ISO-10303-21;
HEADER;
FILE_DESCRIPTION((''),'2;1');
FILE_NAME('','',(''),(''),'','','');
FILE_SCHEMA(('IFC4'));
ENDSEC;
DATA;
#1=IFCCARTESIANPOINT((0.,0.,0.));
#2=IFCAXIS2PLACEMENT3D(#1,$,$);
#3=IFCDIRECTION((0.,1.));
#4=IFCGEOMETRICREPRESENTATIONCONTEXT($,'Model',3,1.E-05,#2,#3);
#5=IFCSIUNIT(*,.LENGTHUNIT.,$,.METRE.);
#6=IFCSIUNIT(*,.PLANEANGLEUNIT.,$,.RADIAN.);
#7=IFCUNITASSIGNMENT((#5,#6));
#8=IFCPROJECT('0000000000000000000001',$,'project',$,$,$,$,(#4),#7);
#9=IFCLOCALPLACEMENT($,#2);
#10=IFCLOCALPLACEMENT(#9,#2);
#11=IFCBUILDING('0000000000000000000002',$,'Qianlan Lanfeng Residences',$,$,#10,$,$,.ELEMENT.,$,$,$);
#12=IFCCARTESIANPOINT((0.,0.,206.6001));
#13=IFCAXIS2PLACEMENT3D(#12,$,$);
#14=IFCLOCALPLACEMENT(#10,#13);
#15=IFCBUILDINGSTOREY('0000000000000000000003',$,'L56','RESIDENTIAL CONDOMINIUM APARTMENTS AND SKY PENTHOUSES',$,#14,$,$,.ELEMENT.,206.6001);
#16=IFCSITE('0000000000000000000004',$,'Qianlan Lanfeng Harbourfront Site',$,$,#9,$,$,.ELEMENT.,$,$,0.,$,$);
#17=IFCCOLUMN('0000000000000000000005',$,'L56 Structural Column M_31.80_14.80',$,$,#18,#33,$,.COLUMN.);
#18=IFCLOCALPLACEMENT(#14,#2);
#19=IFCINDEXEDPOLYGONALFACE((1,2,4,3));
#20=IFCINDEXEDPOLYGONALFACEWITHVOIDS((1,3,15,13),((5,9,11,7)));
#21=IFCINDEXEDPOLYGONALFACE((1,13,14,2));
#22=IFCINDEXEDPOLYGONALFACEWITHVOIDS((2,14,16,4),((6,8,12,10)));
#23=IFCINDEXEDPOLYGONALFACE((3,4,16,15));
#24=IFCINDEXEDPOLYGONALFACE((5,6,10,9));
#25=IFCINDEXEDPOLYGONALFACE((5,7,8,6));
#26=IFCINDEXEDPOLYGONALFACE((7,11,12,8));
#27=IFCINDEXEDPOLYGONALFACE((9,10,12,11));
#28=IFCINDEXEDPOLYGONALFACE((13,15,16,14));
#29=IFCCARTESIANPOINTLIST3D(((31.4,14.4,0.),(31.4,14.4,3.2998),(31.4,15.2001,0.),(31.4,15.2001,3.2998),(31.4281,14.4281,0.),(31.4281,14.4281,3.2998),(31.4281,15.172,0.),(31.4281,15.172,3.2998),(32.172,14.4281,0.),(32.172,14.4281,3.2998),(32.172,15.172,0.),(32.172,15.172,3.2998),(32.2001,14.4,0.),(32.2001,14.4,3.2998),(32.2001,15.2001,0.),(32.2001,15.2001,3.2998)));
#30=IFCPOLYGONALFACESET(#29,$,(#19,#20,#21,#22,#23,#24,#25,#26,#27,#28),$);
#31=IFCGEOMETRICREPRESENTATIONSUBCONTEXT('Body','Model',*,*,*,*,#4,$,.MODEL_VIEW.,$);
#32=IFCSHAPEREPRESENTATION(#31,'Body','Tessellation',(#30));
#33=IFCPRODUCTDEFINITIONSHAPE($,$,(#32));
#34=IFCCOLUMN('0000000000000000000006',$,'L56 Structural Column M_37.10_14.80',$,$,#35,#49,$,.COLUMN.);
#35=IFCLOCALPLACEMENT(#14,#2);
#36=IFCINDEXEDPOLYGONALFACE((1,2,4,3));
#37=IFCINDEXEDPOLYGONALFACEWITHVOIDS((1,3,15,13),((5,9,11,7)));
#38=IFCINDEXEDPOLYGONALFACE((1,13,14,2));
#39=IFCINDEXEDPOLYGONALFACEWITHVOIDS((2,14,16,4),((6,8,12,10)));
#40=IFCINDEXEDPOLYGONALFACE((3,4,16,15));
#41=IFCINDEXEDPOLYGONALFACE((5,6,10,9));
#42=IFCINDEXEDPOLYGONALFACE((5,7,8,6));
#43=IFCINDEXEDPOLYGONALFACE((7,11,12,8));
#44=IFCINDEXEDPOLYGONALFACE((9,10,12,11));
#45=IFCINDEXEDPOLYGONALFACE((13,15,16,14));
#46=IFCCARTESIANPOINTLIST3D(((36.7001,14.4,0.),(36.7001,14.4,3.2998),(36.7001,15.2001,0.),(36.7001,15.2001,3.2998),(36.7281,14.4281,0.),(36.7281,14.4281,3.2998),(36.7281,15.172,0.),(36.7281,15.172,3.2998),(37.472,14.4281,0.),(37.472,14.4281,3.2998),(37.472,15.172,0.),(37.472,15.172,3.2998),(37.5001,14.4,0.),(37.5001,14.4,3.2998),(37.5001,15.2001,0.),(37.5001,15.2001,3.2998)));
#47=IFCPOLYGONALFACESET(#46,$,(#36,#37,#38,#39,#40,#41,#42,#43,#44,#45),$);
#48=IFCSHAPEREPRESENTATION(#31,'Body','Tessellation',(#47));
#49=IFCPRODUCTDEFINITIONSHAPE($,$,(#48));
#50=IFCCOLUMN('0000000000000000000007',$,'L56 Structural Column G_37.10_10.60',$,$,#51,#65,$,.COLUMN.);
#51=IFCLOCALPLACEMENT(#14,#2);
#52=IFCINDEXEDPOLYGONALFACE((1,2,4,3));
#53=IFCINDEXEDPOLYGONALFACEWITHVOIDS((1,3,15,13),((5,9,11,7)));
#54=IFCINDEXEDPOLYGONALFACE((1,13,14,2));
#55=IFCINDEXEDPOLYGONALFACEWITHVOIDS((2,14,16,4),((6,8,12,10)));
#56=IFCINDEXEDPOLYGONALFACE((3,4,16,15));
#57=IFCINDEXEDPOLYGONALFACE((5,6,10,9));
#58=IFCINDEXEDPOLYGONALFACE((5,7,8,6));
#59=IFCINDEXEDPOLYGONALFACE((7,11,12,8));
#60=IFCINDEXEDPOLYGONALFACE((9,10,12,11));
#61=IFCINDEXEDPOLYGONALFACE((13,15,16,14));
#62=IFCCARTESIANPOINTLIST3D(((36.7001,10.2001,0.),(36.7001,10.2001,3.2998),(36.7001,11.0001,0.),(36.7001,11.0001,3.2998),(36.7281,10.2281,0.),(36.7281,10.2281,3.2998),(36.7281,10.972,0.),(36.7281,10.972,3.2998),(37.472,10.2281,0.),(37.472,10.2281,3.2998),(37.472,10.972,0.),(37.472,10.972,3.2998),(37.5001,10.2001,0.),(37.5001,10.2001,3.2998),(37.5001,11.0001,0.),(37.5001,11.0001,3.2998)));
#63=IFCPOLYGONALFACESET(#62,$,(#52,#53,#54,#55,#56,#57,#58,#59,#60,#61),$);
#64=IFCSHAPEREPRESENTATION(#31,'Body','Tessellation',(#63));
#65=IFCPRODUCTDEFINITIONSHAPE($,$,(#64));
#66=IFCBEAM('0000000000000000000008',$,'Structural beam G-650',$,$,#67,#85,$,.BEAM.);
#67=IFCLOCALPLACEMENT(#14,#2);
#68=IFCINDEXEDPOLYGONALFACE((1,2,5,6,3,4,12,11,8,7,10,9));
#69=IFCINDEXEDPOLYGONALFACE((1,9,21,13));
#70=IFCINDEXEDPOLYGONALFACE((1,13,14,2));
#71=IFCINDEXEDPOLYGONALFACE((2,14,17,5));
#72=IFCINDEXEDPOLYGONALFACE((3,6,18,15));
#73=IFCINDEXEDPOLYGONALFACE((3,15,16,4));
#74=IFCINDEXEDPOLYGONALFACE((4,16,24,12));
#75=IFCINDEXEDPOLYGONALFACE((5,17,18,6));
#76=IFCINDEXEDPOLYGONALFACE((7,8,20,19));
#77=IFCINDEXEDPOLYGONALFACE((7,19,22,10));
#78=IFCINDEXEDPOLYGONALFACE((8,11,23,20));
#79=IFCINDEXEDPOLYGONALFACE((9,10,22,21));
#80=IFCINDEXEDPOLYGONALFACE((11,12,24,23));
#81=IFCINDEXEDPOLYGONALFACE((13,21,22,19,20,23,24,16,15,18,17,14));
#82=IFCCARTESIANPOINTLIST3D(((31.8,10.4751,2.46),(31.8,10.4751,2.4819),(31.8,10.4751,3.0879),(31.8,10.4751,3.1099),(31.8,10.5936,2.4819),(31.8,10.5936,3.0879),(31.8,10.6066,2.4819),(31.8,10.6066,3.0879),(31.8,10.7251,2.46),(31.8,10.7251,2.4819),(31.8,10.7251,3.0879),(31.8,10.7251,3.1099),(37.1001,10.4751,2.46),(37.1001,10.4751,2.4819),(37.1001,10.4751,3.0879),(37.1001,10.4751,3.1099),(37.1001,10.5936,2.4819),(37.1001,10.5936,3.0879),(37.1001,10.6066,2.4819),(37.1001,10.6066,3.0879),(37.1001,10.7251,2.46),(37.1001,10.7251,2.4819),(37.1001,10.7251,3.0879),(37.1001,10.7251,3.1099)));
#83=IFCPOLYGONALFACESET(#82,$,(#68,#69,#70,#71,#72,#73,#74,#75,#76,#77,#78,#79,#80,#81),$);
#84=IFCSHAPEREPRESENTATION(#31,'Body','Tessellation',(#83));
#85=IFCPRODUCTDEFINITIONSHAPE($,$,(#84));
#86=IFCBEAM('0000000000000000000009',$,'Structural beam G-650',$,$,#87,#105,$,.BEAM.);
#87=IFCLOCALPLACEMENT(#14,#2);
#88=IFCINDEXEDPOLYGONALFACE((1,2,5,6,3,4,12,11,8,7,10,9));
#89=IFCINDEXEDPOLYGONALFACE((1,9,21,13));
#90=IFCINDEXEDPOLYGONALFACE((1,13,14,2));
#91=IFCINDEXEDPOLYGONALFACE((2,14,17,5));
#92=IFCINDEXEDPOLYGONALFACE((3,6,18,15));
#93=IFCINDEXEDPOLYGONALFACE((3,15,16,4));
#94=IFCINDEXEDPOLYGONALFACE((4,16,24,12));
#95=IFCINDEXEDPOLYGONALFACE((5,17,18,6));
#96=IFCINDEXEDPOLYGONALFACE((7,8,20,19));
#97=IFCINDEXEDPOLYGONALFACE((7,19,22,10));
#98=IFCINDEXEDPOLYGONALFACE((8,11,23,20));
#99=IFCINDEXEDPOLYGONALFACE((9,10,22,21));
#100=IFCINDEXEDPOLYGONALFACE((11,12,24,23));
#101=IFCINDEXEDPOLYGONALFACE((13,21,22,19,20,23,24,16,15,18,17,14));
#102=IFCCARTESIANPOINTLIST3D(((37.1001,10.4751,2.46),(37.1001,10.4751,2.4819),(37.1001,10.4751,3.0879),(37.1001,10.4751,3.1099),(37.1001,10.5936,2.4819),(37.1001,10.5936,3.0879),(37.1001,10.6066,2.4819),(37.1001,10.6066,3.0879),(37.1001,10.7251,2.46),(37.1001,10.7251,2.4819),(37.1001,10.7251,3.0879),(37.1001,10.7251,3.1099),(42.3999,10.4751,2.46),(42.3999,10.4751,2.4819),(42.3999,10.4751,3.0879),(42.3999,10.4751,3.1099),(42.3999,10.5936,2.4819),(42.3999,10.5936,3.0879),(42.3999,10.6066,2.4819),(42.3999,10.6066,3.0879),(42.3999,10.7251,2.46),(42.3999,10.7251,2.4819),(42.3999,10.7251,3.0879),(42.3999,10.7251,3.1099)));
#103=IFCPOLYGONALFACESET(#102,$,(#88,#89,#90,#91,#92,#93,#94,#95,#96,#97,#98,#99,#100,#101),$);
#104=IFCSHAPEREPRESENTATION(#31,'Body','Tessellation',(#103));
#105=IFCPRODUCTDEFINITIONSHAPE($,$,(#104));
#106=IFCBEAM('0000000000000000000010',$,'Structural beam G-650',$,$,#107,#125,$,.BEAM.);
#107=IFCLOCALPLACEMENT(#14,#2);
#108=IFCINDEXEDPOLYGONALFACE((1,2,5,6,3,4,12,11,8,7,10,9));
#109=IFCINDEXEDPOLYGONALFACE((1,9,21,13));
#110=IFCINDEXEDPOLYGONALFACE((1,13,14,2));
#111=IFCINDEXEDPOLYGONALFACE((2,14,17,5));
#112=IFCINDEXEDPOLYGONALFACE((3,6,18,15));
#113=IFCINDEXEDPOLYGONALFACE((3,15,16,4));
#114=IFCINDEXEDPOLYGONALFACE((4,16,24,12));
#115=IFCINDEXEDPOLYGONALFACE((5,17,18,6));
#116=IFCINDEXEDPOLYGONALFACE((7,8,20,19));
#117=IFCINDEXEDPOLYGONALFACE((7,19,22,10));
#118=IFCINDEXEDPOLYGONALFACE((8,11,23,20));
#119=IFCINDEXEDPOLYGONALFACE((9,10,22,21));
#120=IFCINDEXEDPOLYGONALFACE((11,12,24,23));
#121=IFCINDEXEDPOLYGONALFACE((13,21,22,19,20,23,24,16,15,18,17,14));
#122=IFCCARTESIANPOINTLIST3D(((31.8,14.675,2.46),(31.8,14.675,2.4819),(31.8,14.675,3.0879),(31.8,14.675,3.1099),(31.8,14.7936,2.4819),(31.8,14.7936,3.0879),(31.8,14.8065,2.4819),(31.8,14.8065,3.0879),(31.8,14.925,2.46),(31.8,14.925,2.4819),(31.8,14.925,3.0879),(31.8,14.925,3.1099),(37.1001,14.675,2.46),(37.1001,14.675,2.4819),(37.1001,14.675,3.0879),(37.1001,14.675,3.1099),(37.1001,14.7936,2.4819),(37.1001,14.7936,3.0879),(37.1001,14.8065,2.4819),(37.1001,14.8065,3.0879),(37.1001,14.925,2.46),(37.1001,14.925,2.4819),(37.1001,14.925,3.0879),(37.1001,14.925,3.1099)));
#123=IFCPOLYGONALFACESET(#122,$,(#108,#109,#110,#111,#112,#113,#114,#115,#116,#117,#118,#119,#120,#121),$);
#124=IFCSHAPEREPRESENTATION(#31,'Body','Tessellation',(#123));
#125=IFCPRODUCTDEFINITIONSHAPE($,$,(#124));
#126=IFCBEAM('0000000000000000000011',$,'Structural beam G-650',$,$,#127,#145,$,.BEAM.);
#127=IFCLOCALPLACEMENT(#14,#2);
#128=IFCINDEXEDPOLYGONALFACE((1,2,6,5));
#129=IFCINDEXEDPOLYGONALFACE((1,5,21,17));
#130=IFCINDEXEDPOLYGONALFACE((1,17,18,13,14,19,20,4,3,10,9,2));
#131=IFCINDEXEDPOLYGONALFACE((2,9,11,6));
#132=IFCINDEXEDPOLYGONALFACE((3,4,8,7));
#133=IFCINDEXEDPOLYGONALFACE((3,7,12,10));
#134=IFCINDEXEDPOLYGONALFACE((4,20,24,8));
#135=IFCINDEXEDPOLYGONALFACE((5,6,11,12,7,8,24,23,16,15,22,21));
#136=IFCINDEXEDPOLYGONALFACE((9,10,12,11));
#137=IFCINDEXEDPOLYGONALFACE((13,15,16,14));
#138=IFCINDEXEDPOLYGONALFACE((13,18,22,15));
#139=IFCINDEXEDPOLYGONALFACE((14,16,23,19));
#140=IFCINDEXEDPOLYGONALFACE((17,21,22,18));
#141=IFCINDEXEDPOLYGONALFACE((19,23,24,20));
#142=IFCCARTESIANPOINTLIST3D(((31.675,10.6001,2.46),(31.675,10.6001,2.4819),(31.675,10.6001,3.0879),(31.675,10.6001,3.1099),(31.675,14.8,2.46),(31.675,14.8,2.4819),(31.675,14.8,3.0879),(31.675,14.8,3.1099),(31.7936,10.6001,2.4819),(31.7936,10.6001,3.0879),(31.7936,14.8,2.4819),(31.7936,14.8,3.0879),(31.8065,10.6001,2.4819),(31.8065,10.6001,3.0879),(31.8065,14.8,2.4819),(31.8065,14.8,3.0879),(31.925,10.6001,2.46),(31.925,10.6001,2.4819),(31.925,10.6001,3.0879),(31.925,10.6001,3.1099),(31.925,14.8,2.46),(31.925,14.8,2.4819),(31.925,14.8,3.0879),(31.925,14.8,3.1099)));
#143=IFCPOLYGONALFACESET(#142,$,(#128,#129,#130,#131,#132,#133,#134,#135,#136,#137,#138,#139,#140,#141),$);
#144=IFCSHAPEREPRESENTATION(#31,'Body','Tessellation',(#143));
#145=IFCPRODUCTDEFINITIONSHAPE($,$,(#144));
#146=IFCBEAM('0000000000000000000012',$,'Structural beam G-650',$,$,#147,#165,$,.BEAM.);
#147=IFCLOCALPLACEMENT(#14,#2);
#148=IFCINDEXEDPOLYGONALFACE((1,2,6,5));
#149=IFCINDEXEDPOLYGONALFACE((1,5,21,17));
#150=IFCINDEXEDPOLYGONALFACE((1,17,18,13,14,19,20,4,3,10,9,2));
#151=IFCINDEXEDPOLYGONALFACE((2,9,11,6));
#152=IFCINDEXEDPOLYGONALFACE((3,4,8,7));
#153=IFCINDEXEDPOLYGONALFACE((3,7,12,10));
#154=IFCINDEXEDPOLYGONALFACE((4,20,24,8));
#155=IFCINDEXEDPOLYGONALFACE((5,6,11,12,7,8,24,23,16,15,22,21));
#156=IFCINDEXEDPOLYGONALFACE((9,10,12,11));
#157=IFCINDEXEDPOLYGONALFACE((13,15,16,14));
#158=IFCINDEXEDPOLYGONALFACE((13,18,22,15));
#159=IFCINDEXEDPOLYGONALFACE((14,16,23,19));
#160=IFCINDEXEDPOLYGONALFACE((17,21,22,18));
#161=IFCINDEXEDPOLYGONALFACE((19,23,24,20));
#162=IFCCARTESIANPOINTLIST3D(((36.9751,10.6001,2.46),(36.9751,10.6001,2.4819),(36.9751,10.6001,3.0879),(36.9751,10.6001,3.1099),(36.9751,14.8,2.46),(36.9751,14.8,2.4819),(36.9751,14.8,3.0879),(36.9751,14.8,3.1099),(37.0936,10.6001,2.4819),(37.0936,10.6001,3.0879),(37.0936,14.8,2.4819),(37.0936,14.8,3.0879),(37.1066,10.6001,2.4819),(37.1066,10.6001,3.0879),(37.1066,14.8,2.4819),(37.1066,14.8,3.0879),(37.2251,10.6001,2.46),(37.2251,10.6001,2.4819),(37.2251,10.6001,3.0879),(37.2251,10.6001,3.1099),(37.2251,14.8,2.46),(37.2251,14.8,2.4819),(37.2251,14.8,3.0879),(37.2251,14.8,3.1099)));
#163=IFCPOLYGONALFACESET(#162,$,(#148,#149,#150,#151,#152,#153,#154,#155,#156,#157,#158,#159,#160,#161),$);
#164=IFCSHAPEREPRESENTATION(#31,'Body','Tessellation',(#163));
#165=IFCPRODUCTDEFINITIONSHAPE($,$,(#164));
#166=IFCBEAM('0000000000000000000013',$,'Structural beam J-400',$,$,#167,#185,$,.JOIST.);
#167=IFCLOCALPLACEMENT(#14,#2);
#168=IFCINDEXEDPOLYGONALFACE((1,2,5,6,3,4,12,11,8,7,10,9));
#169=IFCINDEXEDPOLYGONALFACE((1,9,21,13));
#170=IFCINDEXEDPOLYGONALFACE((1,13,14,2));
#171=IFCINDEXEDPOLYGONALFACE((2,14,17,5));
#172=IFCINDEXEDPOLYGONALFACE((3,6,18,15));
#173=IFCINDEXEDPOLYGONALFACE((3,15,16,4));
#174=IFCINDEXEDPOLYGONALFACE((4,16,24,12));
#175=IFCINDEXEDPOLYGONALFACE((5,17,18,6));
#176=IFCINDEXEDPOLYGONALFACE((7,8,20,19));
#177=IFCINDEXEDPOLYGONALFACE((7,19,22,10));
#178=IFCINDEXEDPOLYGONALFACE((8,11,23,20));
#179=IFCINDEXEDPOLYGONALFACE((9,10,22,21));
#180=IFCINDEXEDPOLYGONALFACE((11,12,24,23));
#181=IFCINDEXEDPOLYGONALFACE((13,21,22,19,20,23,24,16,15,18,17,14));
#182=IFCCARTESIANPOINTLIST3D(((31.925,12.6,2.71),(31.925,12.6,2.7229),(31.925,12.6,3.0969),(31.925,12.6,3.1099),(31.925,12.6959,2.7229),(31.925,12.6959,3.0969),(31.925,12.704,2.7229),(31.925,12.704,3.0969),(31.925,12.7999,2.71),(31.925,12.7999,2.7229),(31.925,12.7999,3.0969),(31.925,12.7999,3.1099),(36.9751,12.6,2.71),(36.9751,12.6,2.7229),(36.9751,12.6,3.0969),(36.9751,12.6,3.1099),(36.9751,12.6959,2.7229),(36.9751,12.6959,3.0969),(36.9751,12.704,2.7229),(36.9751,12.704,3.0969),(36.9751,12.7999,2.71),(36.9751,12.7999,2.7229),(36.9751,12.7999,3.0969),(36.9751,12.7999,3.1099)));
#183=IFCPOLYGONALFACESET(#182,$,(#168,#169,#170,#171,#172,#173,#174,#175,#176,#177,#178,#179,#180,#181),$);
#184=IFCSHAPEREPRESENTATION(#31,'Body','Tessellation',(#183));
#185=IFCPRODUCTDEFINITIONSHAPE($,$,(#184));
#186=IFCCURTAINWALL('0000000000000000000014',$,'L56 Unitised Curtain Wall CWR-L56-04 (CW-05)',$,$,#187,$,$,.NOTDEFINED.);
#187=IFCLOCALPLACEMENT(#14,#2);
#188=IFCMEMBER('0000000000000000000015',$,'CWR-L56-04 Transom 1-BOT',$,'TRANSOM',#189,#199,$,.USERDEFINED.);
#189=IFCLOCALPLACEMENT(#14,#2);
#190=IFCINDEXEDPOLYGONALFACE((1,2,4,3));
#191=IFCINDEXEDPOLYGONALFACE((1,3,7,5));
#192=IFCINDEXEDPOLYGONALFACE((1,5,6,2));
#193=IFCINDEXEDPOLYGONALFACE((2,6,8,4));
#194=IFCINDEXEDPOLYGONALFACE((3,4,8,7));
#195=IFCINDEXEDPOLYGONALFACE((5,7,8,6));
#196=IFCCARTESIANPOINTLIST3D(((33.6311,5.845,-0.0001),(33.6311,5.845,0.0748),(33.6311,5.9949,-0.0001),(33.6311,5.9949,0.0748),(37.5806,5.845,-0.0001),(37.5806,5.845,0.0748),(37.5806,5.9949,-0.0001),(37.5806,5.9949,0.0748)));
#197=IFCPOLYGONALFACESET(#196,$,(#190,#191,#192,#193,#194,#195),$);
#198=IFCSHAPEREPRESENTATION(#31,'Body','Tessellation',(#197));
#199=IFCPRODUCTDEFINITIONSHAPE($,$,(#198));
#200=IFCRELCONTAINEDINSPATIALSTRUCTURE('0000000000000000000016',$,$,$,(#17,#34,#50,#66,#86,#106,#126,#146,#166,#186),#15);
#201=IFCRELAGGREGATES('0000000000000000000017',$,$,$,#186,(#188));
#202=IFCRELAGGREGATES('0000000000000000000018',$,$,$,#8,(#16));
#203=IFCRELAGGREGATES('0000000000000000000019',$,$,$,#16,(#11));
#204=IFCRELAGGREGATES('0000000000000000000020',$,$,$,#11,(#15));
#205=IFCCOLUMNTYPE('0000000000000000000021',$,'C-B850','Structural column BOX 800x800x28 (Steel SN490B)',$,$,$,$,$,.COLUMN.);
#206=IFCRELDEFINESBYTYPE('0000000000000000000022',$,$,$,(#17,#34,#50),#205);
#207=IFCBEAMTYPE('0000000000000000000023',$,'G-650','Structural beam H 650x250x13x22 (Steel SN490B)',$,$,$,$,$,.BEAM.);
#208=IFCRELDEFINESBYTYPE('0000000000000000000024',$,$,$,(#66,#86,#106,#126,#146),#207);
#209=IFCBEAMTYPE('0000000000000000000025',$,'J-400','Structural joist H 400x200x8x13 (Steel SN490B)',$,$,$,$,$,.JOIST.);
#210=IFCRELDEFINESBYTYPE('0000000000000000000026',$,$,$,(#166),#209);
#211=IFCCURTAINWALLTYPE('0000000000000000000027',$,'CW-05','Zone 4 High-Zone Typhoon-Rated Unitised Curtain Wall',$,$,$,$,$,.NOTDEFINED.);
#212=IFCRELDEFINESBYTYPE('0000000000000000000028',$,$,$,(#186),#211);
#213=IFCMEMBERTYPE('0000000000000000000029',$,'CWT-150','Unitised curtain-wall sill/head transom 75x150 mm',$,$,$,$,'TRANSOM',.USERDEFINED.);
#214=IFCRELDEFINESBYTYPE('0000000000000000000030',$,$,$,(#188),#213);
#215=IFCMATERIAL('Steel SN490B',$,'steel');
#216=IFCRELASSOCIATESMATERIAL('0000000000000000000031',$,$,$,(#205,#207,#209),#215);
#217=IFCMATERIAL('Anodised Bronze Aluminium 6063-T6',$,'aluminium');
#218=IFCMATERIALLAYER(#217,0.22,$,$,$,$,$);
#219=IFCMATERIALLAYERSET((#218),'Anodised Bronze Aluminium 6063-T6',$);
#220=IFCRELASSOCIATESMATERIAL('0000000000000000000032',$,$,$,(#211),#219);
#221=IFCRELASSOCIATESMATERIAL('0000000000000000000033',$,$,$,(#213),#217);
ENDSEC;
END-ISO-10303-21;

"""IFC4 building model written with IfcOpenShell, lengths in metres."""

from ifc_helpers import new_model, si_unit, direction, frame, origin, origin_2d, place, context, subcontext, project, spatial, rectangle, hollow_rectangle, i_section, extrude, source, transform, mapped, material, layer, layer_set, material_profile, profile_set, type_object, element, aggregate, save


model = new_model("IFC4")

# Units and contexts
model_context = context("Model", 3, precision=1e-05, world=origin(), true_north=direction((0.0, 1.0)))
body_context = subcontext(model_context, "Body", "Model", "MODEL_VIEW")
ifc_project = project(units=[si_unit("LENGTHUNIT", "METRE"), si_unit("PLANEANGLEUNIT", "RADIAN")], contexts=[model_context])

# Site, building, storey
site_placement = place(None, origin())
site = spatial("IfcSite", under=ifc_project, at=site_placement, Name="Qianlan Lanfeng Harbourfront Site", CompositionType="ELEMENT", RefElevation=0.0)
building_placement = place(site_placement, origin())
building = spatial("IfcBuilding", under=site, at=building_placement, Name="Qianlan Lanfeng Residences", CompositionType="ELEMENT")
storey_placement = place(building_placement, frame((0.0, 0.0, 206.6001)))
storey = spatial("IfcBuildingStorey", under=building, at=storey_placement, Name="L56", Description="RESIDENTIAL CONDOMINIUM APARTMENTS AND SKY PENTHOUSES", CompositionType="ELEMENT", Elevation=206.6001)

# Columns
ifc_material_1 = material(Name="Steel SN490B", Category="steel")
ifc_material_profile_1 = material_profile(ifc_material_1, hollow_rectangle(XDim=0.8, YDim=0.8, WallThickness=0.0281, at=origin_2d()), Name="BOX 800x800x28")
ifc_profile_set_1 = profile_set([ifc_material_profile_1], Name="Steel SN490B")
column_type = type_object("IfcColumnType", Name="C-B850", Description="Structural column BOX 800x800x28 (Steel SN490B)", PredefinedType="COLUMN", material=ifc_profile_set_1)
for number, where, z_axis, x_axis, name in (
    (1, (31.8, 14.8, 0.0), (0.0, 0.0, 1.0), (1.0, 0.0, 0.0), "L56 Structural Column M_31.80_14.80"),
    (2, (37.1001, 14.8, 0.0), (0.0, 0.0, 1.0), (1.0, 0.0, 0.0), "L56 Structural Column M_37.10_14.80"),
    (3, (37.1001, 10.6001, 0.0), (0.0, 0.0, 1.0), (1.0, 0.0, 0.0), "L56 Structural Column G_37.10_10.60"),
):
    element("IfcColumn", number, at=place(storey_placement, frame(where, z_axis=z_axis, x_axis=x_axis)), inside=storey, type_object=column_type, Name=name, PredefinedType="COLUMN", context=body_context, shape_type="SweptSolid", body=[
        extrude(hollow_rectangle(XDim=0.8, YDim=0.8, WallThickness=0.0281, at=origin_2d()), origin(), (0.0, 0.0, 1.0), 3.2998),
    ])

# Beams
ifc_material_profile_2 = material_profile(ifc_material_1, i_section(OverallWidth=0.25, OverallDepth=0.6499, WebThickness=0.0129, FlangeThickness=0.022, at=origin_2d()), Name="H 650x250x13x22")
ifc_profile_set_2 = profile_set([ifc_material_profile_2], Name="Steel SN490B")
beam_type_1 = type_object("IfcBeamType", Name="G-650", Description="Structural beam H 650x250x13x22 (Steel SN490B)", PredefinedType="BEAM", material=ifc_profile_set_2)
beam_1_placement = place(storey_placement, frame((31.8, 10.6001, 2.7849), z_axis=(1.0, 0.0, 0.0), x_axis=(0.0, 1.0, 0.0)))
element("IfcBeam", 4, at=beam_1_placement, inside=storey, type_object=beam_type_1, Name="Structural beam G-650", PredefinedType="BEAM", context=body_context, shape_type="SweptSolid", body=[
    extrude(i_section(OverallWidth=0.25, OverallDepth=0.6499, WebThickness=0.0129, FlangeThickness=0.022, at=origin_2d()), origin(), (0.0, 0.0, 1.0), 5.3),
])
beam_2_placement = place(storey_placement, frame((37.1001, 10.6001, 2.7849), z_axis=(1.0, 0.0, 0.0), x_axis=(0.0, 1.0, 0.0)))
element("IfcBeam", 5, at=beam_2_placement, inside=storey, type_object=beam_type_1, Name="Structural beam G-650", PredefinedType="BEAM", context=body_context, shape_type="SweptSolid", body=[
    extrude(i_section(OverallWidth=0.25, OverallDepth=0.6499, WebThickness=0.0129, FlangeThickness=0.022, at=origin_2d()), origin(), (0.0, 0.0, 1.0), 5.2998),
])
beam_3_placement = place(storey_placement, frame((31.8, 14.8, 2.7849), z_axis=(1.0, 0.0, 0.0), x_axis=(0.0, 1.0, 0.0)))
element("IfcBeam", 6, at=beam_3_placement, inside=storey, type_object=beam_type_1, Name="Structural beam G-650", PredefinedType="BEAM", context=body_context, shape_type="SweptSolid", body=[
    extrude(i_section(OverallWidth=0.25, OverallDepth=0.6499, WebThickness=0.0129, FlangeThickness=0.022, at=origin_2d()), origin(), (0.0, 0.0, 1.0), 5.3),
])
for number, where, z_axis, x_axis, name in (
    (7, (31.8, 10.6001, 2.7849), (0.0, 1.0, 0.0), (-1.0, 0.0, 0.0), "Structural beam G-650"),
    (8, (37.1001, 10.6001, 2.7849), (0.0, 1.0, 0.0), (-1.0, 0.0, 0.0), "Structural beam G-650"),
):
    element("IfcBeam", number, at=place(storey_placement, frame(where, z_axis=z_axis, x_axis=x_axis)), inside=storey, type_object=beam_type_1, Name=name, PredefinedType="BEAM", context=body_context, shape_type="SweptSolid", body=[
        extrude(i_section(OverallWidth=0.25, OverallDepth=0.6499, WebThickness=0.0129, FlangeThickness=0.022, at=origin_2d()), origin(), (0.0, 0.0, 1.0), 4.2),
    ])
ifc_material_profile_3 = material_profile(ifc_material_1, i_section(OverallWidth=0.2, OverallDepth=0.3999, WebThickness=0.0081, FlangeThickness=0.0129, at=origin_2d()), Name="H 400x200x8x13")
ifc_profile_set_3 = profile_set([ifc_material_profile_3], Name="Steel SN490B")
beam_type_2 = type_object("IfcBeamType", Name="J-400", Description="Structural joist H 400x200x8x13 (Steel SN490B)", PredefinedType="JOIST", material=ifc_profile_set_3)
beam_4_placement = place(storey_placement, frame((31.925, 12.7, 2.9099), z_axis=(1.0, 0.0, 0.0), x_axis=(0.0, 1.0, 0.0)))
element("IfcBeam", 9, at=beam_4_placement, inside=storey, type_object=beam_type_2, Name="Structural beam J-400", PredefinedType="JOIST", context=body_context, shape_type="SweptSolid", body=[
    extrude(i_section(OverallWidth=0.2, OverallDepth=0.3999, WebThickness=0.0081, FlangeThickness=0.0129, at=origin_2d()), origin(), (0.0, 0.0, 1.0), 5.05),
])

# Curtain wall, member
ifc_material_2 = material(Name="Anodised Bronze Aluminium 6063-T6", Category="aluminium")
ifc_layer_1 = layer(ifc_material_2, 0.22)
ifc_layer_set_1 = layer_set([ifc_layer_1], Name="Anodised Bronze Aluminium 6063-T6")
curtain_wall_type = type_object("IfcCurtainWallType", Name="CW-05", Description="Zone 4 High-Zone Typhoon-Rated Unitised Curtain Wall", PredefinedType="NOTDEFINED", material=ifc_layer_set_1)
curtain_wall_1_placement = place(storey_placement, origin())
curtain_wall_1 = element("IfcCurtainWall", 10, at=curtain_wall_1_placement, inside=storey, type_object=curtain_wall_type, Name="L56 Unitised Curtain Wall CWR-L56-04 (CW-05)", PredefinedType="NOTDEFINED")
ifc_material_profile_4 = material_profile(ifc_material_2, rectangle(XDim=0.075, YDim=0.1499, at=origin_2d()), Name="ALU TRANSOM 75x150")
ifc_profile_set_4 = profile_set([ifc_material_profile_4], Name="Anodised Bronze Aluminium 6063-T6")
member_type_1 = type_object("IfcMemberType", Name="CWT-150", Description="Unitised curtain-wall sill/head transom 75x150 mm", ElementType="TRANSOM", PredefinedType="USERDEFINED", material=ifc_profile_set_4)
shared_shape_1 = source(origin(), body_context, "Body", "SweptSolid", [
    extrude(rectangle(XDim=0.075, YDim=0.1499, at=origin_2d()), origin(), (0.0, 0.0, 1.0), 3.9495),
])
member_1_placement = place(storey_placement, frame((33.6311, 5.9199, 0.0374), z_axis=(1.0, 0.0, 0.0), x_axis=(0.0, 0.0, 1.0)))
member_1 = element("IfcMember", 11, at=member_1_placement, type_object=member_type_1, Name="CWR-L56-04 Transom 1-BOT", ObjectType="TRANSOM", PredefinedType="USERDEFINED", context=body_context, shape_type="MappedRepresentation", body=[
    mapped(shared_shape_1, transform((0.0, 0.0, 0.0), scale=1.0)),
])

aggregate(curtain_wall_1, [member_1])

save(model, "model.ifc")
